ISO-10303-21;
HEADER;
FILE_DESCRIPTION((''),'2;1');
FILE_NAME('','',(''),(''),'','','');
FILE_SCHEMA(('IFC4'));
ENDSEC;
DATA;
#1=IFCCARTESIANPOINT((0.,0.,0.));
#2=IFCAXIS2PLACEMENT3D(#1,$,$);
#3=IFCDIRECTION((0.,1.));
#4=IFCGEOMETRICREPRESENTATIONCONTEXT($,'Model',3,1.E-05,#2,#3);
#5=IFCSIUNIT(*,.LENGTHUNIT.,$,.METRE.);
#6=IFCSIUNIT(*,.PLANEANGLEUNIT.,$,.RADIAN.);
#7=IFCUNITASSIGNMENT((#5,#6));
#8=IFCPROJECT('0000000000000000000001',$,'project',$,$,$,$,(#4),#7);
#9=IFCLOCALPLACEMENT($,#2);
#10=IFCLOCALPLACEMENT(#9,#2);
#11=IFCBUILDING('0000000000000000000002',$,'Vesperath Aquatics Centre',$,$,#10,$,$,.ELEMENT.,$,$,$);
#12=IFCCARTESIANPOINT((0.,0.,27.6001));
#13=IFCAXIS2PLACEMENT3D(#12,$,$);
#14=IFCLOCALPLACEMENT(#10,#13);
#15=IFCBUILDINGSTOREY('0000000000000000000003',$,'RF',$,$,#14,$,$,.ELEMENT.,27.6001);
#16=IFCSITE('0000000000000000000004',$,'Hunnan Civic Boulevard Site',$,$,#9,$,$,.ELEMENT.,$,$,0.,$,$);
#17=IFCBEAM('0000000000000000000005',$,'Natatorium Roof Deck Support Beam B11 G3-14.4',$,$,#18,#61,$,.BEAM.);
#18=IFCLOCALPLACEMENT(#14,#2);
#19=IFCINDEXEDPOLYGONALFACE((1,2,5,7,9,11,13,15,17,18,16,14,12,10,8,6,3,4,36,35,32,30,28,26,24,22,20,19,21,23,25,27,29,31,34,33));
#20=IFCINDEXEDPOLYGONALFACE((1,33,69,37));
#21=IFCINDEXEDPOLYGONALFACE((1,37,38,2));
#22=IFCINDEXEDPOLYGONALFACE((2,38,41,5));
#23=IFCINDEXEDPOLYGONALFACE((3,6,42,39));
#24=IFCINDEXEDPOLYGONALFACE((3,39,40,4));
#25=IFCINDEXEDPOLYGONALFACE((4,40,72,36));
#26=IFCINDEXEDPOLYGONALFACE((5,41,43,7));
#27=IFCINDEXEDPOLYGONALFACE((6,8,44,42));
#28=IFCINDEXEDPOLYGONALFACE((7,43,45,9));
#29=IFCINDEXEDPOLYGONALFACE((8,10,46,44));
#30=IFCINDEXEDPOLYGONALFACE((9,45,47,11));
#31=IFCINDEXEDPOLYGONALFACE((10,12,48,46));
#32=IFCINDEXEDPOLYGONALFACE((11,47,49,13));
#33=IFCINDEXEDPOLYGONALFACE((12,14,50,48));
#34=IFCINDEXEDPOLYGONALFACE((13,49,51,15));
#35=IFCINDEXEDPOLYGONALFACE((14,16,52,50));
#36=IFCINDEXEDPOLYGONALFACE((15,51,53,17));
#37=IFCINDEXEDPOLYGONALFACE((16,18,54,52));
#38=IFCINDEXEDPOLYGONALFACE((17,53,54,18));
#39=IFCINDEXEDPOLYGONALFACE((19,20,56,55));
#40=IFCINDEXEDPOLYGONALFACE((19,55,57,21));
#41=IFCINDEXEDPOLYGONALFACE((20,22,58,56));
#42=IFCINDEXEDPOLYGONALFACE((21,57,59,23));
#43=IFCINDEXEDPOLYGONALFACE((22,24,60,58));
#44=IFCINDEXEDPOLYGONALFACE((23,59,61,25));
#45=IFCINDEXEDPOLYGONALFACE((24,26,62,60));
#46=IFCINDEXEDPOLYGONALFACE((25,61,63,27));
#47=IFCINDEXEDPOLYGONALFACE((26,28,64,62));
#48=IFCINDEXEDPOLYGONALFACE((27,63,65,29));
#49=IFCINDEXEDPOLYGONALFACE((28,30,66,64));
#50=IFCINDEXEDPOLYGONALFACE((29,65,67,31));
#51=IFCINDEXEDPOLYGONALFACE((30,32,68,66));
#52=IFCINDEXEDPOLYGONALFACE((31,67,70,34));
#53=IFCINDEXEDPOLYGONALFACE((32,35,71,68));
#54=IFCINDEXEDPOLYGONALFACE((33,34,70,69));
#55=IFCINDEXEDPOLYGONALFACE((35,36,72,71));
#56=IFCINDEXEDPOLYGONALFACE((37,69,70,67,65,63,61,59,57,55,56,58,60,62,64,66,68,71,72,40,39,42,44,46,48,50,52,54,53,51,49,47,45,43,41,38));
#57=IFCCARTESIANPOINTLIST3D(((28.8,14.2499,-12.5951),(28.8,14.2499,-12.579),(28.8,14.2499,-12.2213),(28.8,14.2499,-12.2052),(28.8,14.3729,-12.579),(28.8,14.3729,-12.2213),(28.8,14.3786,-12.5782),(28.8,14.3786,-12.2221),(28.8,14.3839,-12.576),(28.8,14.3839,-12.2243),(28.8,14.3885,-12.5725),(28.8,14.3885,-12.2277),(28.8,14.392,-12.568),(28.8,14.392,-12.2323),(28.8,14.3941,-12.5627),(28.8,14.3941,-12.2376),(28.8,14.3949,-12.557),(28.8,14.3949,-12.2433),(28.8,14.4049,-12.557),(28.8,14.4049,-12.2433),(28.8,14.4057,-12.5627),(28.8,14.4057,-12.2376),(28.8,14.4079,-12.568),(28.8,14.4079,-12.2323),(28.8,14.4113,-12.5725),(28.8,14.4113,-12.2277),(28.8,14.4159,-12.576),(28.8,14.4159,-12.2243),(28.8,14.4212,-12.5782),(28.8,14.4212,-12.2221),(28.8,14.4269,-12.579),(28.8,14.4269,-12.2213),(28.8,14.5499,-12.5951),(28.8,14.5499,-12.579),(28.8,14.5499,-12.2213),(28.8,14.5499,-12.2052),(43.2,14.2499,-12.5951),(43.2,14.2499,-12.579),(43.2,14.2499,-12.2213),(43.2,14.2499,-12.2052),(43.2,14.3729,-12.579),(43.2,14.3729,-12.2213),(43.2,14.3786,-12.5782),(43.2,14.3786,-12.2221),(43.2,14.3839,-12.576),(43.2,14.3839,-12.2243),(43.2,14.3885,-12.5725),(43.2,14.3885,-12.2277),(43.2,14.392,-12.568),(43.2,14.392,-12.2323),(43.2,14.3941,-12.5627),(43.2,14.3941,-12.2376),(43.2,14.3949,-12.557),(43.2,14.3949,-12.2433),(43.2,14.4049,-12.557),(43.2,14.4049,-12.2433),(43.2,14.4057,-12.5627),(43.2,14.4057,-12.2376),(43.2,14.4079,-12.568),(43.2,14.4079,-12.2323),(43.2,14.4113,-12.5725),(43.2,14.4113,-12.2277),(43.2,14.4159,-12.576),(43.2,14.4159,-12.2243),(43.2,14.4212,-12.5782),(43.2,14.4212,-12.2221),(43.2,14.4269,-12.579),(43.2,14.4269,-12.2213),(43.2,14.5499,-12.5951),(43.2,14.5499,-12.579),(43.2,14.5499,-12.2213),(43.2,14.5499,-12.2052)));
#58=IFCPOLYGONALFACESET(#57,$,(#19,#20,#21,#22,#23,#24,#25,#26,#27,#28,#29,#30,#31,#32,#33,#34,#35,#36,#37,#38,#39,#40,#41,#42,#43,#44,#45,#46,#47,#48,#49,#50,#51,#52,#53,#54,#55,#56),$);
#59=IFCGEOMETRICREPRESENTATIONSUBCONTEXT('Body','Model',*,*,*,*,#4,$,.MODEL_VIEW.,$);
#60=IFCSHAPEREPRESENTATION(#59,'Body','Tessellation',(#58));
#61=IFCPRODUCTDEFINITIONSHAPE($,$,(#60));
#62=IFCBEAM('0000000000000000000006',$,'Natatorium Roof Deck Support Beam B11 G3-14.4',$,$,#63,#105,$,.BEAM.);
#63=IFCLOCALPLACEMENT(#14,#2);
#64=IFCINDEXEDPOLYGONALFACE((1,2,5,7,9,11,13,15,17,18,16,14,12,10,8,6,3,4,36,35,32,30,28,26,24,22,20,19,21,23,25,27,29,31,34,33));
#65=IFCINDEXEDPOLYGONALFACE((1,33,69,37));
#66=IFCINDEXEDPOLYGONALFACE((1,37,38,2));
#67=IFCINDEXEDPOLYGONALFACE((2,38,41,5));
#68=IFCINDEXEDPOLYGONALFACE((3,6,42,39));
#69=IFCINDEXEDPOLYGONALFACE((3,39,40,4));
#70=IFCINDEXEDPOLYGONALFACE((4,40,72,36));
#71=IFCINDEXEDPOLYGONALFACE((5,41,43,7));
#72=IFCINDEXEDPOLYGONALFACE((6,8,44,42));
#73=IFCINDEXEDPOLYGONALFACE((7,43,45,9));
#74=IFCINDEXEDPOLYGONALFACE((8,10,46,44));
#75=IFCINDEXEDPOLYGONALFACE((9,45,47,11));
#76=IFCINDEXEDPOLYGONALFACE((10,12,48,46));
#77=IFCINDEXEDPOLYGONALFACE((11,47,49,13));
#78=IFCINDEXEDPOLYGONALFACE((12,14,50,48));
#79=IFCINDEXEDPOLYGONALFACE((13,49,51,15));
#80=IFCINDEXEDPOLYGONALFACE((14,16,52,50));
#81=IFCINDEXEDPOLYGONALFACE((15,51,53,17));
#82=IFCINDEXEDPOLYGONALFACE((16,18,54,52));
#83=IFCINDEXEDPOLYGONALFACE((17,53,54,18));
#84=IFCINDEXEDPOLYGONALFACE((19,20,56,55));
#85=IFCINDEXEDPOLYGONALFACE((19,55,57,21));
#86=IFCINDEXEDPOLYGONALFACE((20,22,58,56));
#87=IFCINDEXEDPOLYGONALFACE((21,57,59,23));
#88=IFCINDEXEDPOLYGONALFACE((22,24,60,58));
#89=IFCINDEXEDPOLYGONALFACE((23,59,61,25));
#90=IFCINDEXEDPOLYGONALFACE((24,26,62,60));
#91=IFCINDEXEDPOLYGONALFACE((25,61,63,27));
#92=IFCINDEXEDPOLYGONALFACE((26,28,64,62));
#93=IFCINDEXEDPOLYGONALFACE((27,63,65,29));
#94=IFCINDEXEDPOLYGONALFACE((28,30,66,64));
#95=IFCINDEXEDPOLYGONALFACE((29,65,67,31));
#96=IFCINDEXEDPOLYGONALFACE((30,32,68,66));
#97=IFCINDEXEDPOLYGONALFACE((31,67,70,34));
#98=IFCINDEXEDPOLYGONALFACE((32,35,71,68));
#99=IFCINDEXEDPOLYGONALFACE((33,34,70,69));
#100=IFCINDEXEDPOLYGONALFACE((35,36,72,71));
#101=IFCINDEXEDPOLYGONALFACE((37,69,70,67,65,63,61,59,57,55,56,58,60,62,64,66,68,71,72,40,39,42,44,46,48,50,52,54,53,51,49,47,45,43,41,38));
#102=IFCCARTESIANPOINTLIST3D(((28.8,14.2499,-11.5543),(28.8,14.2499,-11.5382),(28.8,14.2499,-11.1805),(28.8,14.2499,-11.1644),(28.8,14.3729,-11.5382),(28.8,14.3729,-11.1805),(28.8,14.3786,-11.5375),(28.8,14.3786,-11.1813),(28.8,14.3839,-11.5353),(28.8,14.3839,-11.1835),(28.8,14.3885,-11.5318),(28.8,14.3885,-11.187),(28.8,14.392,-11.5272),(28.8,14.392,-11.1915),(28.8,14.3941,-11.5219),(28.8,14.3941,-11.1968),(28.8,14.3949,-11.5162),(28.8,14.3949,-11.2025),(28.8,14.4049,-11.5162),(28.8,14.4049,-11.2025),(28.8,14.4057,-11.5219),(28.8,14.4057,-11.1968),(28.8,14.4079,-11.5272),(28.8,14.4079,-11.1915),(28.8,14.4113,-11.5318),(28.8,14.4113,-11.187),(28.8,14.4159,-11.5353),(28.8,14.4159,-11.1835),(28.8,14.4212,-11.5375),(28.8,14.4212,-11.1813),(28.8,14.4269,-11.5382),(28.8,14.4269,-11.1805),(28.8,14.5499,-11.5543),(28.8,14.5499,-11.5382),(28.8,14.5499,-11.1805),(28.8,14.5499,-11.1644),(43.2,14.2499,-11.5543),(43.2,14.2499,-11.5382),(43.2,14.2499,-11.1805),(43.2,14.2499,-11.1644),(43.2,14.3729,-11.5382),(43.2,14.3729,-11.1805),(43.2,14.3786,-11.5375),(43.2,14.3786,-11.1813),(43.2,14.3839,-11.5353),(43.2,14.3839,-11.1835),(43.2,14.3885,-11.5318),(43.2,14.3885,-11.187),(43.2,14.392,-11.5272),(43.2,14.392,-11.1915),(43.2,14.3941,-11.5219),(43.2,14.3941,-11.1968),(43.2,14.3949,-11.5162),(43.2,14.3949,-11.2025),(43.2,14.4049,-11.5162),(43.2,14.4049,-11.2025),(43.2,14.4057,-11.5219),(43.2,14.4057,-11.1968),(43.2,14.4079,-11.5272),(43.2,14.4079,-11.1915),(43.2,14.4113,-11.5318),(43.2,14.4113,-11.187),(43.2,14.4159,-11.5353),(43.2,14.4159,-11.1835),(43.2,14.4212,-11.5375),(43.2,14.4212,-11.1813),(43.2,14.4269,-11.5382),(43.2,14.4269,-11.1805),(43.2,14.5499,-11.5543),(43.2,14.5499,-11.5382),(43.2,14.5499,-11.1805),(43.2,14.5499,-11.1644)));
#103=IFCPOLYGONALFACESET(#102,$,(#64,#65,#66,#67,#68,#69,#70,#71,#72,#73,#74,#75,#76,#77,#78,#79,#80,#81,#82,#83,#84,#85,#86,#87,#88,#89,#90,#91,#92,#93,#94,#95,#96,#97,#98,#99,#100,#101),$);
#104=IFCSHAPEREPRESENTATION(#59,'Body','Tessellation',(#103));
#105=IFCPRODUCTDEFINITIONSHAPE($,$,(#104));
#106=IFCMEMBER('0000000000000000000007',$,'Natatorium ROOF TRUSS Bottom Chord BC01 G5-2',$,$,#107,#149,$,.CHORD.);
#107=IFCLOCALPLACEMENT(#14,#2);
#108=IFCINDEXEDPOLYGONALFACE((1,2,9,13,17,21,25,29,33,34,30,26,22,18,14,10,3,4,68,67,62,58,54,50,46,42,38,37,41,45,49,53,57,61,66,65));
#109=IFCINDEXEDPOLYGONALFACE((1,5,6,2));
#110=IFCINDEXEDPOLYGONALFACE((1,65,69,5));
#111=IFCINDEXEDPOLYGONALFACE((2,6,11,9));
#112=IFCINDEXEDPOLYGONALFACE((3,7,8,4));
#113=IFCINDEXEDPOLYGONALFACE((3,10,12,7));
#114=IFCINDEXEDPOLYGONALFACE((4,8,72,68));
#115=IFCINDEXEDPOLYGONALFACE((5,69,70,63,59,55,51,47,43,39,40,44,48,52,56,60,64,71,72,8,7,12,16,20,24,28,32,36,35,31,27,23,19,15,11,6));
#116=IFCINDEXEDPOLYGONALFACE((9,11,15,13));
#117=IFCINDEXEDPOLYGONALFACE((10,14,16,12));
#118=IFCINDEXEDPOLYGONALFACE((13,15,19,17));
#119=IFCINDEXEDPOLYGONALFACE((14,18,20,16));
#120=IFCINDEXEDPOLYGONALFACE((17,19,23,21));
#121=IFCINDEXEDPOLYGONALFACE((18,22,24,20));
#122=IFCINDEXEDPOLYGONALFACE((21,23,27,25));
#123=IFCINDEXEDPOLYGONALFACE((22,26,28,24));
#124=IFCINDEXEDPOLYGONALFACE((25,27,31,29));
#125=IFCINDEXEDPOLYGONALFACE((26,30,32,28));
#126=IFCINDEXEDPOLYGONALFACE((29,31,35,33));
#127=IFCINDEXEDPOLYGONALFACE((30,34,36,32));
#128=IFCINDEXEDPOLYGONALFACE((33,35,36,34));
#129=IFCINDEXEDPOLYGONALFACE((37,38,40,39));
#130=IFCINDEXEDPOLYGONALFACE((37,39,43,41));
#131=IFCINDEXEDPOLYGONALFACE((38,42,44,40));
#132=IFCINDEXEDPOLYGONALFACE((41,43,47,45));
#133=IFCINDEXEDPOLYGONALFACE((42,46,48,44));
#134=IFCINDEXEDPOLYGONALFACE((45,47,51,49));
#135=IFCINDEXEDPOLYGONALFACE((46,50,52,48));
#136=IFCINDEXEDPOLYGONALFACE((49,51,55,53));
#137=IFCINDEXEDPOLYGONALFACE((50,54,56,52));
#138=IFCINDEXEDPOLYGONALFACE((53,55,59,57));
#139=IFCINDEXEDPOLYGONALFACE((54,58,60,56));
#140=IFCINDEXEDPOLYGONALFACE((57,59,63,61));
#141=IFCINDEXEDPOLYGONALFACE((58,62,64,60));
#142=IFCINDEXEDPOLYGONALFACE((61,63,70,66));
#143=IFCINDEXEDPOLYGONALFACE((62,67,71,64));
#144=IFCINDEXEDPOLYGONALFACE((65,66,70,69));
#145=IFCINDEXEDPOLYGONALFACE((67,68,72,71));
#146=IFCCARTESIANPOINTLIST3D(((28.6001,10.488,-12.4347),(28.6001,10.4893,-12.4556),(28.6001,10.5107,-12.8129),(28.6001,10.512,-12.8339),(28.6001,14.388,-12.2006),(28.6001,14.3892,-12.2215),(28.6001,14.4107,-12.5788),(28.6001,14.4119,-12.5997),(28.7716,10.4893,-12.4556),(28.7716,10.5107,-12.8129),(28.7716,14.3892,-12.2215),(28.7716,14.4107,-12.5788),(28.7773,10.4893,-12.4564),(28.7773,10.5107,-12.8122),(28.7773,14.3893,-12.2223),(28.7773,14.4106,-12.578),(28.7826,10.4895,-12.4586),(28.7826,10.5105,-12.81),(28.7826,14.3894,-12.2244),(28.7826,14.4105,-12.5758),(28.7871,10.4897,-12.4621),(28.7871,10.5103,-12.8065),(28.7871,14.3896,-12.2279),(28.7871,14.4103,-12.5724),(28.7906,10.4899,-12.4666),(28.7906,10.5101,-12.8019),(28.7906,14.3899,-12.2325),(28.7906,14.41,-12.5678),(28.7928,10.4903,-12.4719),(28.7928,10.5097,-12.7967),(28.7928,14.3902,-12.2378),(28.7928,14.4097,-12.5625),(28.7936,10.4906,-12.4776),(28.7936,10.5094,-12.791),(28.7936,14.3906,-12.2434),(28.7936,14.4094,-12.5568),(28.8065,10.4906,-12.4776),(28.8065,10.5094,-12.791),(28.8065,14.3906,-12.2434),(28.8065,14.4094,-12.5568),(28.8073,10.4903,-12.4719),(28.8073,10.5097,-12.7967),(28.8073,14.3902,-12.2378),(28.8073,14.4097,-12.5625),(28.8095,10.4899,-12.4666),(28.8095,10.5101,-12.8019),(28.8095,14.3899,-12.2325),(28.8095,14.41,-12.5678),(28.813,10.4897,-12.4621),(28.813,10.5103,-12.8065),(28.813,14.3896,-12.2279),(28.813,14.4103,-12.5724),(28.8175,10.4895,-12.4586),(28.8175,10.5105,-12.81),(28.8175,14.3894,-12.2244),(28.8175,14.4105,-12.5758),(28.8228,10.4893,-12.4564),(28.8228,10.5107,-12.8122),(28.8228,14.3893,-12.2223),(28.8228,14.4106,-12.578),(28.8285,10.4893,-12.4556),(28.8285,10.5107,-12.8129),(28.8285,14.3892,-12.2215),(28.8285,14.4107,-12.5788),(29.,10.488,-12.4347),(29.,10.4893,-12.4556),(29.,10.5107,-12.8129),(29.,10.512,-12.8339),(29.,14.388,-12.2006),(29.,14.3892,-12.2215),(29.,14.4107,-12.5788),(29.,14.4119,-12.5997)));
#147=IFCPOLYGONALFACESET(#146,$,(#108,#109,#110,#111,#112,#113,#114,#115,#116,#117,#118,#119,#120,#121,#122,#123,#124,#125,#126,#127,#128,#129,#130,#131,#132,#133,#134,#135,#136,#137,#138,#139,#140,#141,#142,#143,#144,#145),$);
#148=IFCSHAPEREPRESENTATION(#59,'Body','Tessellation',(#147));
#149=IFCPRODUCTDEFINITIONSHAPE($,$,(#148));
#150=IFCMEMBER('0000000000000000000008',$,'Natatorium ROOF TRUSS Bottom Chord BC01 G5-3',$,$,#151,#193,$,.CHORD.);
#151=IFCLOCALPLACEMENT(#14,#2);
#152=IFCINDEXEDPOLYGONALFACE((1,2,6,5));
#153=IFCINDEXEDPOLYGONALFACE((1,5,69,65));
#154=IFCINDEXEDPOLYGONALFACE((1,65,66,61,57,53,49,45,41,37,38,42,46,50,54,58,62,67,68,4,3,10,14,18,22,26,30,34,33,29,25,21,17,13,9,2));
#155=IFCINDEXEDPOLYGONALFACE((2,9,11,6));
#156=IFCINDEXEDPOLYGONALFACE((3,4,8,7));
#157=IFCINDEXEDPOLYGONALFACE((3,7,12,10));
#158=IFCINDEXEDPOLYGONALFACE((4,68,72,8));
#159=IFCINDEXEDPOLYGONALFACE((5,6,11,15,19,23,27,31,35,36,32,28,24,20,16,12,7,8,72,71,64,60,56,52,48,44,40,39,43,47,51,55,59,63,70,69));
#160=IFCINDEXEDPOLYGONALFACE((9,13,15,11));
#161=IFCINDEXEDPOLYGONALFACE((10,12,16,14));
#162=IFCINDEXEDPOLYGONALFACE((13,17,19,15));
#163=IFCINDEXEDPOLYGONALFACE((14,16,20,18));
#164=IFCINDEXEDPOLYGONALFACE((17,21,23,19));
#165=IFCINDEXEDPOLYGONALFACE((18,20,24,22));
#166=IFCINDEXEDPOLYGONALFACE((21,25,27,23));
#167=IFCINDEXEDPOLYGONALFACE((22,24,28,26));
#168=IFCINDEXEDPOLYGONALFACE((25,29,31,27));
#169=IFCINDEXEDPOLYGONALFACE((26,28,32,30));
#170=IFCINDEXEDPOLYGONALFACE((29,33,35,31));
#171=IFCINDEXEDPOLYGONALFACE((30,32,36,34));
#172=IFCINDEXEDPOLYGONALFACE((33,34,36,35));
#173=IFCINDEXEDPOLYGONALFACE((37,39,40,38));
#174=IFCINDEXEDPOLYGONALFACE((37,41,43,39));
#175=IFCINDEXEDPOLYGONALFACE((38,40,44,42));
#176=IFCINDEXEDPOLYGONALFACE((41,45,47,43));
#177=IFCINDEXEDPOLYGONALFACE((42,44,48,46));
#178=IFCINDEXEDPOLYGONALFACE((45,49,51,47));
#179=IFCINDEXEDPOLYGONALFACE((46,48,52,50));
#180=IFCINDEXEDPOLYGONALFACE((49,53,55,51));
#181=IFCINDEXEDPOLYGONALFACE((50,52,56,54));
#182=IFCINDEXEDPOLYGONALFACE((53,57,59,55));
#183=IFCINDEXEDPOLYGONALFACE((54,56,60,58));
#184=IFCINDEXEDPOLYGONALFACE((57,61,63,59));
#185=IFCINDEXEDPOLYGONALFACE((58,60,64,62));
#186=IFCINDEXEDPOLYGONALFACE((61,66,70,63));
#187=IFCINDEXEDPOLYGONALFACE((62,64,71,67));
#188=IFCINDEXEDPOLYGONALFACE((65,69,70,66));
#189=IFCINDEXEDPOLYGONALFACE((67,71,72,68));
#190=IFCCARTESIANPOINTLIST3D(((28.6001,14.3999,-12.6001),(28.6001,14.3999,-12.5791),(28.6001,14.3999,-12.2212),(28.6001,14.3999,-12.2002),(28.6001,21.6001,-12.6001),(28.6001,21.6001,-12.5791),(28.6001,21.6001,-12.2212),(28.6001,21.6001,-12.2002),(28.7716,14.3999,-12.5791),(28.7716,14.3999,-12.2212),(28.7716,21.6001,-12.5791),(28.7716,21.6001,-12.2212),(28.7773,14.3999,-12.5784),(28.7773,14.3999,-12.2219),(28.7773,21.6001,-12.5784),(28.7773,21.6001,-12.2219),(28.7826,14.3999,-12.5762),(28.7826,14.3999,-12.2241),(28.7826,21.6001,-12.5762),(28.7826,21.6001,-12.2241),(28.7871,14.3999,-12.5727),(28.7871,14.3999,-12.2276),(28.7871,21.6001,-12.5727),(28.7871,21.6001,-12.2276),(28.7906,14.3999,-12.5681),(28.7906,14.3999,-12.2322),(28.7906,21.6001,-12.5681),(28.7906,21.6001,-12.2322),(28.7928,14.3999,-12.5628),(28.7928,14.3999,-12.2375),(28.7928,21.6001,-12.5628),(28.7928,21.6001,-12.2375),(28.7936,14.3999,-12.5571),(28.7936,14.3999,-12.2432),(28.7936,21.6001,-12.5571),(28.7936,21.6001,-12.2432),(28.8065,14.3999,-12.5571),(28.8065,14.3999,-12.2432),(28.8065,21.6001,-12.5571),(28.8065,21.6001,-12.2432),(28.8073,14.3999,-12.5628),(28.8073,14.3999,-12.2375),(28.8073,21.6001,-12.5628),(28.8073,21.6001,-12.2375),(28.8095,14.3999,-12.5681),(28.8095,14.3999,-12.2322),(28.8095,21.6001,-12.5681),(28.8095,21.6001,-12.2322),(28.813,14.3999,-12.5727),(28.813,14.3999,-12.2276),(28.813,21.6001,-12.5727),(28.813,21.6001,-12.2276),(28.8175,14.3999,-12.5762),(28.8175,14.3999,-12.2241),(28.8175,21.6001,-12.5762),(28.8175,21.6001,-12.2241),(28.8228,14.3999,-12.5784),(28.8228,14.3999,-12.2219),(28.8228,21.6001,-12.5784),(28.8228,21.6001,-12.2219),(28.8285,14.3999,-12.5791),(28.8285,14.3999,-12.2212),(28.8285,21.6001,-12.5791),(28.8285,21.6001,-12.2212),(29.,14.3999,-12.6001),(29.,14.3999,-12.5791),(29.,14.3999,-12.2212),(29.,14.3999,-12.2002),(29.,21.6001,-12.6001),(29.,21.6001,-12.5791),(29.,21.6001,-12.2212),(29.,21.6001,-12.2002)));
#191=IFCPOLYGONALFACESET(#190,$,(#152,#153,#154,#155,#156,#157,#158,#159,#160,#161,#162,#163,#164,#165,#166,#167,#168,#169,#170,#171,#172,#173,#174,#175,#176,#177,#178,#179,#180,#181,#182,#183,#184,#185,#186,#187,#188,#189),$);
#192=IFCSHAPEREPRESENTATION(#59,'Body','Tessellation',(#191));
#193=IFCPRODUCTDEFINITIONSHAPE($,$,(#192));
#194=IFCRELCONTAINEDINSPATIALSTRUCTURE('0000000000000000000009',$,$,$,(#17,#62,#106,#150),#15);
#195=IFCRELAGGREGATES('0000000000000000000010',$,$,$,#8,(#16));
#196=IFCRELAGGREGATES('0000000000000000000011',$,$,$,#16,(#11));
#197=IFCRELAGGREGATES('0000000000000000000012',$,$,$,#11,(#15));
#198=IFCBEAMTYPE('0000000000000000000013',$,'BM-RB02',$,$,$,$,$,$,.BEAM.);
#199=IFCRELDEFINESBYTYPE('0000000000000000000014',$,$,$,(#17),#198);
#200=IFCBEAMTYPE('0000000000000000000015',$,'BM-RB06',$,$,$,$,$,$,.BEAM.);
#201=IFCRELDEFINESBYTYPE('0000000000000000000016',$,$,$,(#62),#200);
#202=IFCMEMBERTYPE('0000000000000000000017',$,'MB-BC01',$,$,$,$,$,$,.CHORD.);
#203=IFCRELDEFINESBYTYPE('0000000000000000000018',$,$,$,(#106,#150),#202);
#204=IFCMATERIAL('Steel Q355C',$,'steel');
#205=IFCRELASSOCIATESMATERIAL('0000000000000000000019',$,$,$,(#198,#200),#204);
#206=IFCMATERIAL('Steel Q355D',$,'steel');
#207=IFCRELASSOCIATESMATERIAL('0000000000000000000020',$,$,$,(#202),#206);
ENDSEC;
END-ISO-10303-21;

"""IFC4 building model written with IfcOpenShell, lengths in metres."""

from ifc_helpers import new_model, si_unit, direction, frame, origin, origin_2d, place, context, subcontext, project, spatial, i_section, extrude, material, material_profile, profile_set, type_object, element, save


model = new_model("IFC4")

# Units and contexts
model_context = context("Model", 3, precision=1e-05, world=origin(), true_north=direction((0.0, 1.0)))
body_context = subcontext(model_context, "Body", "Model", "MODEL_VIEW")
ifc_project = project(units=[si_unit("LENGTHUNIT", "METRE"), si_unit("PLANEANGLEUNIT", "RADIAN")], contexts=[model_context])

# Site, building, storey
site_placement = place(None, origin())
site = spatial("IfcSite", under=ifc_project, at=site_placement, Name="Hunnan Civic Boulevard Site", CompositionType="ELEMENT", RefElevation=0.0)
building_placement = place(site_placement, origin())
building = spatial("IfcBuilding", under=site, at=building_placement, Name="Vesperath Aquatics Centre", CompositionType="ELEMENT")
storey_placement = place(building_placement, frame((0.0, 0.0, 27.6001)))
storey = spatial("IfcBuildingStorey", under=building, at=storey_placement, Name="RF", CompositionType="ELEMENT", Elevation=27.6001)

# Beams
ifc_material_1 = material(Name="Steel Q355C", Category="steel")
ifc_material_profile_1 = material_profile(ifc_material_1, i_section(OverallWidth=0.3, OverallDepth=0.3899, WebThickness=0.01, FlangeThickness=0.0161, FilletRadius=0.022, at=origin_2d()), Name="HM 390x300x10x16")
ifc_profile_set_1 = profile_set([ifc_material_profile_1], Name="Steel Q355C")
beam_type_1 = type_object("IfcBeamType", Name="BM-RB02", PredefinedType="BEAM", material=ifc_profile_set_1)
beam_1_placement = place(storey_placement, frame((28.8, 14.3999, -12.4001), z_axis=(1.0, 0.0, 0.0), x_axis=(0.0, 1.0, 0.0)))
element("IfcBeam", 1, at=beam_1_placement, inside=storey, type_object=beam_type_1, Name="Natatorium Roof Deck Support Beam B11 G3-14.4", PredefinedType="BEAM", context=body_context, shape_type="SweptSolid", body=[
    extrude(i_section(OverallWidth=0.3, OverallDepth=0.3899, WebThickness=0.01, FlangeThickness=0.0161, FilletRadius=0.022, at=origin_2d()), origin(), (0.0, 0.0, 1.0), 14.3999),
])
ifc_material_profile_2 = material_profile(ifc_material_1, i_section(OverallWidth=0.3, OverallDepth=0.3899, WebThickness=0.01, FlangeThickness=0.0161, FilletRadius=0.022, at=origin_2d()), Name="HM 390x300x10x16")
ifc_profile_set_2 = profile_set([ifc_material_profile_2], Name="Steel Q355C")
beam_type_2 = type_object("IfcBeamType", Name="BM-RB06", PredefinedType="BEAM", material=ifc_profile_set_2)
beam_2_placement = place(storey_placement, frame((28.8, 14.3999, -11.3594), z_axis=(1.0, 0.0, 0.0), x_axis=(0.0, 1.0, 0.0)))
element("IfcBeam", 2, at=beam_2_placement, inside=storey, type_object=beam_type_2, Name="Natatorium Roof Deck Support Beam B11 G3-14.4", PredefinedType="BEAM", context=body_context, shape_type="SweptSolid", body=[
    extrude(i_section(OverallWidth=0.3, OverallDepth=0.3899, WebThickness=0.01, FlangeThickness=0.0161, FilletRadius=0.022, at=origin_2d()), origin(), (0.0, 0.0, 1.0), 14.3999),
])

# Members
ifc_material_2 = material(Name="Steel Q355D", Category="steel")
ifc_material_profile_3 = material_profile(ifc_material_2, i_section(OverallWidth=0.3999, OverallDepth=0.3999, WebThickness=0.0129, FlangeThickness=0.021, FilletRadius=0.022, at=origin_2d()), Name="HW 400x400x13x21")
ifc_profile_set_3 = profile_set([ifc_material_profile_3], Name="Steel Q355D")
member_type_1 = type_object("IfcMemberType", Name="MB-BC01", PredefinedType="CHORD", material=ifc_profile_set_3)
member_1_placement = place(storey_placement, frame((28.8, 10.5, -12.6343), z_axis=(0.0, 0.998203, 0.059927), x_axis=(-1.0, 0.0, 0.0)))
element("IfcMember", 3, at=member_1_placement, inside=storey, type_object=member_type_1, Name="Natatorium ROOF TRUSS Bottom Chord BC01 G5-2", PredefinedType="CHORD", context=body_context, shape_type="SweptSolid", body=[
    extrude(i_section(OverallWidth=0.3999, OverallDepth=0.3999, WebThickness=0.0129, FlangeThickness=0.021, FilletRadius=0.022, at=origin_2d()), origin(), (0.0, 0.0, 1.0), 3.907),
])
member_2_placement = place(storey_placement, frame((28.8, 14.3999, -12.4001), z_axis=(0.0, 1.0, 0.0), x_axis=(-1.0, 0.0, 0.0)))
element("IfcMember", 4, at=member_2_placement, inside=storey, type_object=member_type_1, Name="Natatorium ROOF TRUSS Bottom Chord BC01 G5-3", PredefinedType="CHORD", context=body_context, shape_type="SweptSolid", body=[
    extrude(i_section(OverallWidth=0.3999, OverallDepth=0.3999, WebThickness=0.0129, FlangeThickness=0.021, FilletRadius=0.022, at=origin_2d()), origin(), (0.0, 0.0, 1.0), 7.2002),
])

save(model, "model.ifc")
